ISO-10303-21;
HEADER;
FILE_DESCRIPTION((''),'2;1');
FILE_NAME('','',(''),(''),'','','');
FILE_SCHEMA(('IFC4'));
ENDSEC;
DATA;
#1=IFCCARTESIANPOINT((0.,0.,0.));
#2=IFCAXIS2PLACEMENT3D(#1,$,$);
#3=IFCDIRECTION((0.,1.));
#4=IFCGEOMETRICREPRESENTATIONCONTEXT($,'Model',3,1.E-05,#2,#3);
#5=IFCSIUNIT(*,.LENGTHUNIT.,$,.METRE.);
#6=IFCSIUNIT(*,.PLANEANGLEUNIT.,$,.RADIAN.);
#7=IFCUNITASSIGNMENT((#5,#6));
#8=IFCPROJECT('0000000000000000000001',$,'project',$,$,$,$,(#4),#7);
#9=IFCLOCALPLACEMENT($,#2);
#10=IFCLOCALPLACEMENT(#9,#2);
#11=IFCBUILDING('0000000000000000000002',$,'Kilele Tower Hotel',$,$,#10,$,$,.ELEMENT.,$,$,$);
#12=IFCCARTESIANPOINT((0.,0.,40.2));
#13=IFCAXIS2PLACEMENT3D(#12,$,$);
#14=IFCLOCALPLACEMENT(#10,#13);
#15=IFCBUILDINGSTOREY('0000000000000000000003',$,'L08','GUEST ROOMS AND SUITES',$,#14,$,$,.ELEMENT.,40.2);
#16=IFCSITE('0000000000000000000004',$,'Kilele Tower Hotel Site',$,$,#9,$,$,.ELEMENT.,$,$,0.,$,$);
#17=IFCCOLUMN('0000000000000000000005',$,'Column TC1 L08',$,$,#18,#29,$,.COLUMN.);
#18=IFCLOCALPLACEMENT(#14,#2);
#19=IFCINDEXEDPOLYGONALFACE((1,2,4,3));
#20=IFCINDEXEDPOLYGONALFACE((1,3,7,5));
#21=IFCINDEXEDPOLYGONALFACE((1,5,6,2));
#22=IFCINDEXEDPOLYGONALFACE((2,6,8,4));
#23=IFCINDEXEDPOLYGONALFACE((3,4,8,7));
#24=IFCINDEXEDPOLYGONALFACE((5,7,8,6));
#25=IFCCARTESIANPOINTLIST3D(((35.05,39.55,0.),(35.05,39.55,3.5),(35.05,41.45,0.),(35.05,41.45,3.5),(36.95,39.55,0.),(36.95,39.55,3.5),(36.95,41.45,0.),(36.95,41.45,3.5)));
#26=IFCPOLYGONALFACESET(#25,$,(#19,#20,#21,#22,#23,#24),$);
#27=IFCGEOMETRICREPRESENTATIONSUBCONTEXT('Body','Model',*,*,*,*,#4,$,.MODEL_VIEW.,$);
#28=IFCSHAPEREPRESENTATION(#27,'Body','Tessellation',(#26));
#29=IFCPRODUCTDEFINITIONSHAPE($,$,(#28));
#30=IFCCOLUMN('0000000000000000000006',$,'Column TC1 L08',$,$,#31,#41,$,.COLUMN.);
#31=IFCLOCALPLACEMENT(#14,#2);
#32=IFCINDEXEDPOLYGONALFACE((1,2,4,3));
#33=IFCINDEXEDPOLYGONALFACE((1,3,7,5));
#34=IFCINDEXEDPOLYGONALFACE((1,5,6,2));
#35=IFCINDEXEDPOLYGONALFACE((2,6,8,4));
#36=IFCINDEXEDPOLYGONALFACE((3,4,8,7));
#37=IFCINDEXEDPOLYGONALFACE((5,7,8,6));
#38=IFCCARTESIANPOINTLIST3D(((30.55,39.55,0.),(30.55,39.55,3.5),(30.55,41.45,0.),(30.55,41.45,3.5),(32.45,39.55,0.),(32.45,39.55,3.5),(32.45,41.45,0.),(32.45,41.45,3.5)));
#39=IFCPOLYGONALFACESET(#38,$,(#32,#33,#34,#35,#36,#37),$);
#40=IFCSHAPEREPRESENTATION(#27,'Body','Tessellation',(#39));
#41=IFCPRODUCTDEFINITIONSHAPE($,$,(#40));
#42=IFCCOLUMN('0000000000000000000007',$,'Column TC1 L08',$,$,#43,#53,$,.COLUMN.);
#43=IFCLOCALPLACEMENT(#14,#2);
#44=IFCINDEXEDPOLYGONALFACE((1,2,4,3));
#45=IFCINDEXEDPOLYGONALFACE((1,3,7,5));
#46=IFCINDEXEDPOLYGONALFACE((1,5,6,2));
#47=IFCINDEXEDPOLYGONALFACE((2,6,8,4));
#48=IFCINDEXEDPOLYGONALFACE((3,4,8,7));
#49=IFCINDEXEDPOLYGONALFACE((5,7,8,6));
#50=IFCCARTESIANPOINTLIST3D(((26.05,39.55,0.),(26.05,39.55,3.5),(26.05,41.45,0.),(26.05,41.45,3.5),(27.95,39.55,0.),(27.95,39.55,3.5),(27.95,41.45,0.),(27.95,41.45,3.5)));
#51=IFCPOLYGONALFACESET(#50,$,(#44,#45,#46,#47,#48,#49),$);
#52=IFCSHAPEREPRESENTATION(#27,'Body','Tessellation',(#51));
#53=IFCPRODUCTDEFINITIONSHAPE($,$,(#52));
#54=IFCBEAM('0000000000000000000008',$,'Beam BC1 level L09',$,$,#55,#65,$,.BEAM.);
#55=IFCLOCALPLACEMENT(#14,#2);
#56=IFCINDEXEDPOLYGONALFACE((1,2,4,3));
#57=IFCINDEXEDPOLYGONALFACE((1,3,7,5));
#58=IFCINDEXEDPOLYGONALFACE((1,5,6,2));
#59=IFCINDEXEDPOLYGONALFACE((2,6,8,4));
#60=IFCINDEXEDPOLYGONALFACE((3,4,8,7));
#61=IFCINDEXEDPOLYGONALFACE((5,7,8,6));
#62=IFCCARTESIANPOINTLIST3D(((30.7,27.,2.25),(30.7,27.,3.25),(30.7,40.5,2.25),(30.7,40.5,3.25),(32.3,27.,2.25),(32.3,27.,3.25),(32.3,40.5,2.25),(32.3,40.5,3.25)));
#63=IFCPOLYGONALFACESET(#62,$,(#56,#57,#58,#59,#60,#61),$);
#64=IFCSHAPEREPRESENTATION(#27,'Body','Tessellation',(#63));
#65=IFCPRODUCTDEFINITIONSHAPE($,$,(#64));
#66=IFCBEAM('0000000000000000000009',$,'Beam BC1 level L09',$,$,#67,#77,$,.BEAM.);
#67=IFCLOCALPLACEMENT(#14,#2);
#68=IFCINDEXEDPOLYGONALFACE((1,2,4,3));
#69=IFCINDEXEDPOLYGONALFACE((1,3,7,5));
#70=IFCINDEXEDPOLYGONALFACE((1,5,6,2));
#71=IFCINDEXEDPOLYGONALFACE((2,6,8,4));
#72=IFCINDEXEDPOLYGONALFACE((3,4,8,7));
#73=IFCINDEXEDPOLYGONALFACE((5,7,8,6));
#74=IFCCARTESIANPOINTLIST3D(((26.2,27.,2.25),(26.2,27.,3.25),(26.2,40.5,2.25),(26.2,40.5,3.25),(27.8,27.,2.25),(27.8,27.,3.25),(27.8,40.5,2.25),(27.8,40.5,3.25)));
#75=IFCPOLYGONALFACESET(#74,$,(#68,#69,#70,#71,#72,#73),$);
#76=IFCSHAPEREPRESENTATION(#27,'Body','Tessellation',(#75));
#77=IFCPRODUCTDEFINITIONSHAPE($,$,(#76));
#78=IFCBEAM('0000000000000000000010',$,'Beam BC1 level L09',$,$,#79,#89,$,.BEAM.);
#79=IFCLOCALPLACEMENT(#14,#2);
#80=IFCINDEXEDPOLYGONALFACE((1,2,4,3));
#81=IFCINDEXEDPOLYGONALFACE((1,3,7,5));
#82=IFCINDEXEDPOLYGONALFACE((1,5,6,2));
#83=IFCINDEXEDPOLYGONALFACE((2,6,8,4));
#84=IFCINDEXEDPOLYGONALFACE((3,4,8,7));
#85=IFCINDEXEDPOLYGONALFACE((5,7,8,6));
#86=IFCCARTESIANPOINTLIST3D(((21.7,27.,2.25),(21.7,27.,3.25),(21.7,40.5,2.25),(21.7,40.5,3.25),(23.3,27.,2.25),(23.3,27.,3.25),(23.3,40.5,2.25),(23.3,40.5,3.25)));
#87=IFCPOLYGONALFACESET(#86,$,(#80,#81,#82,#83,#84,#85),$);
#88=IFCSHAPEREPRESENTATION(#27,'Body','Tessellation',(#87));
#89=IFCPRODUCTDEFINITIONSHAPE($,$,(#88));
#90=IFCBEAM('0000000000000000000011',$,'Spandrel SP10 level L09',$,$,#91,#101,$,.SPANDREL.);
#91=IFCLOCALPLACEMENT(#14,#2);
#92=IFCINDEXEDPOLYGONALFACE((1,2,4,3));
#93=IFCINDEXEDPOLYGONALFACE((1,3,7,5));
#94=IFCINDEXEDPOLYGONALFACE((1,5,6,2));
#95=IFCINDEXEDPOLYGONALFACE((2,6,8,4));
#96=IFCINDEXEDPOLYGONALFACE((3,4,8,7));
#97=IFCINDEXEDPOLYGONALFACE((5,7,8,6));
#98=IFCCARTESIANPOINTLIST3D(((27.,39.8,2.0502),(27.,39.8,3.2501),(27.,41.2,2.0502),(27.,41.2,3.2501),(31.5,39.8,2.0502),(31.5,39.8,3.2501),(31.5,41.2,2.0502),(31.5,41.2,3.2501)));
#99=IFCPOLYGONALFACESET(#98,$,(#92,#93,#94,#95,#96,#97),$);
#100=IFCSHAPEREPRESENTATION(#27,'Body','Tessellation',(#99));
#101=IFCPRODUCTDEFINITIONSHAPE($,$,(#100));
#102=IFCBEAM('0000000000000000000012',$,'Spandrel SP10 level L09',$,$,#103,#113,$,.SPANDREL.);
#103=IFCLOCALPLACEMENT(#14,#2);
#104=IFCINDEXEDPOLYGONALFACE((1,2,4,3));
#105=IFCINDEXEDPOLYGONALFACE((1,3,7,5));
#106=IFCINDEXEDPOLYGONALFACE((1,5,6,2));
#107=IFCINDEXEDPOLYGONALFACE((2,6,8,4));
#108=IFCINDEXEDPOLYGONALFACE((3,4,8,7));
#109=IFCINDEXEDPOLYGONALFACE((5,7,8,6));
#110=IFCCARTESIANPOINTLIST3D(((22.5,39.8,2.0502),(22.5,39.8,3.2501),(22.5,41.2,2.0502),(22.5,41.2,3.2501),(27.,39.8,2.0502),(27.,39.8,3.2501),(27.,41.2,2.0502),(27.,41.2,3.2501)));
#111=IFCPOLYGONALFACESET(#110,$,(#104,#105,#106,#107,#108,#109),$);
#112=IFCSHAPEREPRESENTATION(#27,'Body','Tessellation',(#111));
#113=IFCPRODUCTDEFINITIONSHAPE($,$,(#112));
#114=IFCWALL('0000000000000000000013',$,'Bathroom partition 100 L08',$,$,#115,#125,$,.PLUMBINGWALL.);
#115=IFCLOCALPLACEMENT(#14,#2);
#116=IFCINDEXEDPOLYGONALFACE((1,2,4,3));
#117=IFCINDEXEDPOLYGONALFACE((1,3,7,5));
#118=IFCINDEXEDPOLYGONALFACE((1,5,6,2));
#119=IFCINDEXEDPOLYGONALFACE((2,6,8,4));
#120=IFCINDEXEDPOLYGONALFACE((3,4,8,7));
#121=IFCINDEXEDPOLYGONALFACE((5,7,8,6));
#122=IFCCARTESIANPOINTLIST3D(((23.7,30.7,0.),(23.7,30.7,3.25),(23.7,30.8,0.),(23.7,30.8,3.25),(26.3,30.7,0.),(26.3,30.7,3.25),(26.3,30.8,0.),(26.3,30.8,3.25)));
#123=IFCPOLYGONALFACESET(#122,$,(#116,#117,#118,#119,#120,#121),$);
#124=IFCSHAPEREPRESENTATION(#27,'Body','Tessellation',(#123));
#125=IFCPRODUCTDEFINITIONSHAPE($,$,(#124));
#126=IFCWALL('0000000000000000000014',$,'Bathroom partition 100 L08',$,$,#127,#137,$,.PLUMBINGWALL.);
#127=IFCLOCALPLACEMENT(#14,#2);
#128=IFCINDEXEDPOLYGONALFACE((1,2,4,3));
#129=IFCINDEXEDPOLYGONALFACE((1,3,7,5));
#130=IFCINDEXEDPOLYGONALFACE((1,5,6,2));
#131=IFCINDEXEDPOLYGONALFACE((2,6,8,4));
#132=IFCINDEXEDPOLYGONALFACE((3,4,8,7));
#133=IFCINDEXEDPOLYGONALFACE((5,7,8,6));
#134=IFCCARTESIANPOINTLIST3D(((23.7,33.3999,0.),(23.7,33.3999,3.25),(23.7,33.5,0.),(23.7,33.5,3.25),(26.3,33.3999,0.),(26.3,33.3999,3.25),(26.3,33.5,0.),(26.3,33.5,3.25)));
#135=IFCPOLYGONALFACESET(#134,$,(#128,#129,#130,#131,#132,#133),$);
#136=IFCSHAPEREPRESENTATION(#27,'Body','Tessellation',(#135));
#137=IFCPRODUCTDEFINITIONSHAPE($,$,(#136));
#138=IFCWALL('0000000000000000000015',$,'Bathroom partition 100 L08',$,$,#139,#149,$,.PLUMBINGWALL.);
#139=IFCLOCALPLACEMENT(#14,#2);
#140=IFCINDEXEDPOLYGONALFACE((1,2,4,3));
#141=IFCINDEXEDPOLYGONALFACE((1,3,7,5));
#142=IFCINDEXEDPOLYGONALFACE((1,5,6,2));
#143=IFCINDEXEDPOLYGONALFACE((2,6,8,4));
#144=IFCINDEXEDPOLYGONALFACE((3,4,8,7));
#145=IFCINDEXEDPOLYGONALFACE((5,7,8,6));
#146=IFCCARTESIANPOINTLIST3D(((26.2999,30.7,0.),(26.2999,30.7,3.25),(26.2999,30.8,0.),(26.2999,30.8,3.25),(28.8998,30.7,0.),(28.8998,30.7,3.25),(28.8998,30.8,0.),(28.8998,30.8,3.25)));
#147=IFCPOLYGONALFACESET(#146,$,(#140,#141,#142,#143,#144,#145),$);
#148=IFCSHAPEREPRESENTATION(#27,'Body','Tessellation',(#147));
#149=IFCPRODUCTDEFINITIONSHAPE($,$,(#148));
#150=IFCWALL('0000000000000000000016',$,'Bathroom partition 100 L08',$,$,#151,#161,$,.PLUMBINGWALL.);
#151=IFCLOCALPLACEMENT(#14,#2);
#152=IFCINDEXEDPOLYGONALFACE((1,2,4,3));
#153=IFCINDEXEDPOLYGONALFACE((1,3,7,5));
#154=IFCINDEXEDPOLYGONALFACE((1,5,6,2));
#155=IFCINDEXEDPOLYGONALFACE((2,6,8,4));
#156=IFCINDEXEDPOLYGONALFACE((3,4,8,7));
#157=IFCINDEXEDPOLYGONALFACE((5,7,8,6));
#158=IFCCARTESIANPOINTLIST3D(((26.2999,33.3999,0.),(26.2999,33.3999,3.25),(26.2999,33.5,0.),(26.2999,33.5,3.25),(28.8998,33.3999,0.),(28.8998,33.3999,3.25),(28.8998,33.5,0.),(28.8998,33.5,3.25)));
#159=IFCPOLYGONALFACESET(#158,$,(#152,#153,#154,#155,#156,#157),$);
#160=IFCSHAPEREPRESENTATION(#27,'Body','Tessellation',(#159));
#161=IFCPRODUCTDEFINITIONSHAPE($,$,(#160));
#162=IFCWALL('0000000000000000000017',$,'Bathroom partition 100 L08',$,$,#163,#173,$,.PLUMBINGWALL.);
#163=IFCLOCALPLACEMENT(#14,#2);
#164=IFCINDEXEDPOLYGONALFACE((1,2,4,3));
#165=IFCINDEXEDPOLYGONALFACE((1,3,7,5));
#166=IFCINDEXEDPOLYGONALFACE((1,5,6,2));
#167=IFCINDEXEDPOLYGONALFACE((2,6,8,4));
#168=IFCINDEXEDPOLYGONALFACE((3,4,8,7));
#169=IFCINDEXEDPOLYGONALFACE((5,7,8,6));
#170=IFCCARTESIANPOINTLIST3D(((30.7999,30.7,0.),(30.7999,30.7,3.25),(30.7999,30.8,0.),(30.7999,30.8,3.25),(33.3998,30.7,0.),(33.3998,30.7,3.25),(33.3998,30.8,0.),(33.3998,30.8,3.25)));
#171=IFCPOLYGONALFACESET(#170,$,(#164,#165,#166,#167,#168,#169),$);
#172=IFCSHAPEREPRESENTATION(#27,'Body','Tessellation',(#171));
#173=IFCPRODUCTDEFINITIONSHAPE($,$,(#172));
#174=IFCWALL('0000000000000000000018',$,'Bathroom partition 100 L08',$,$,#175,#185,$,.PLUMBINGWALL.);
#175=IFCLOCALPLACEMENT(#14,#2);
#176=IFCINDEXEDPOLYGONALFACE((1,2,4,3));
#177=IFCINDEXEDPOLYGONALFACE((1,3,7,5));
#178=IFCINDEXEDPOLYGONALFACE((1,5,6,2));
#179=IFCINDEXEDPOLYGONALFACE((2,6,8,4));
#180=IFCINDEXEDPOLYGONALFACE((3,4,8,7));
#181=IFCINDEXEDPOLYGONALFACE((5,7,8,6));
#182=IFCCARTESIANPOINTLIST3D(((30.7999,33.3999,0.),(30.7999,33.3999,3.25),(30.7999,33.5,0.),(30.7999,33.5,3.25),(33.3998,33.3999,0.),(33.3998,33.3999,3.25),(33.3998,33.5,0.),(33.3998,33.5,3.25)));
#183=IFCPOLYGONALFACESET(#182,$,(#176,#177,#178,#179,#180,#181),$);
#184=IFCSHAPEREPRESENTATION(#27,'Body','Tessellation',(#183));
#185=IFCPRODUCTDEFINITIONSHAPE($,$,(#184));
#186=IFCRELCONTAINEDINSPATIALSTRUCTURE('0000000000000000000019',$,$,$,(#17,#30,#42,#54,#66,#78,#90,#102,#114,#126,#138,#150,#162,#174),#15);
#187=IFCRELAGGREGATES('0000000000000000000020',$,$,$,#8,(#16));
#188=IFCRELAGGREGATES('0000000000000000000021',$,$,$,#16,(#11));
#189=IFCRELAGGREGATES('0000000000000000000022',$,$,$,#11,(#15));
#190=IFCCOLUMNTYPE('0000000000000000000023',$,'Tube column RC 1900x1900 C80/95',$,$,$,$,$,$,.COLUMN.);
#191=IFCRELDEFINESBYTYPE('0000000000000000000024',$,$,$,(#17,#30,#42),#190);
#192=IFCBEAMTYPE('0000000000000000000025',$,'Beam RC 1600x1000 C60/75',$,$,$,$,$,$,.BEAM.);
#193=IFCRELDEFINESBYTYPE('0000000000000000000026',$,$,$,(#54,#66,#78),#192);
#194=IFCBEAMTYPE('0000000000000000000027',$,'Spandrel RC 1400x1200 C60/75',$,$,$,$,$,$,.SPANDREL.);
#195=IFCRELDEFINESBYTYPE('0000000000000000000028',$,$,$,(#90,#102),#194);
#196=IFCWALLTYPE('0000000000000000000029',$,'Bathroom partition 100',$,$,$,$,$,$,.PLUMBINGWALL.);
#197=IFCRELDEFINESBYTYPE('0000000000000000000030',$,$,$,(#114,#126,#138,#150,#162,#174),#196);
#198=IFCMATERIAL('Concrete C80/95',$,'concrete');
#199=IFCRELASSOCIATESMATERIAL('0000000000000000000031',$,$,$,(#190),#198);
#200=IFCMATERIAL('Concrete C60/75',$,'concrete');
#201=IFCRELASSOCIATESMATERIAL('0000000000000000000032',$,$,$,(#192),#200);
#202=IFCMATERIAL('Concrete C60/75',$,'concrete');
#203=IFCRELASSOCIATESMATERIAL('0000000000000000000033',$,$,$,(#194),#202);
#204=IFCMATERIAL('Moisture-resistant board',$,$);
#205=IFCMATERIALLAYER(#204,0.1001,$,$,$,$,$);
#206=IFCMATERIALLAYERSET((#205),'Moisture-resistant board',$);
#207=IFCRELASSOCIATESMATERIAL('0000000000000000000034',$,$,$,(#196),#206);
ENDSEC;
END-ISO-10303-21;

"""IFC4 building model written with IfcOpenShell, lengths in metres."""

from ifc_helpers import new_model, si_unit, direction, frame, frame_2d, origin, origin_2d, place, context, subcontext, project, spatial, rectangle, extrude, material, layer, layer_set, material_profile, profile_set, type_object, element, save


model = new_model("IFC4")

# Units and contexts
model_context = context("Model", 3, precision=1e-05, world=origin(), true_north=direction((0.0, 1.0)))
body_context = subcontext(model_context, "Body", "Model", "MODEL_VIEW")
ifc_project = project(units=[si_unit("LENGTHUNIT", "METRE"), si_unit("PLANEANGLEUNIT", "RADIAN")], contexts=[model_context])

# Site, building, storey
site_placement = place(None, origin())
site = spatial("IfcSite", under=ifc_project, at=site_placement, Name="Kilele Tower Hotel Site", CompositionType="ELEMENT", RefElevation=0.0)
building_placement = place(site_placement, origin())
building = spatial("IfcBuilding", under=site, at=building_placement, Name="Kilele Tower Hotel", CompositionType="ELEMENT")
storey_placement = place(building_placement, frame((0.0, 0.0, 40.2)))
storey = spatial("IfcBuildingStorey", under=building, at=storey_placement, Name="L08", Description="GUEST ROOMS AND SUITES", CompositionType="ELEMENT", Elevation=40.2)

# Columns
ifc_material_1 = material(Name="Concrete C80/95", Category="concrete")
ifc_material_profile_1 = material_profile(ifc_material_1, rectangle(XDim=1.8999, YDim=1.8999, at=origin_2d()))
ifc_profile_set_1 = profile_set([ifc_material_profile_1], Name="Concrete C80/95")
column_type = type_object("IfcColumnType", Name="Tube column RC 1900x1900 C80/95", PredefinedType="COLUMN", material=ifc_profile_set_1)
for number, where, z_axis, x_axis, name in (
    (1, (36.0, 40.5, 0.0), (0.0, 0.0, 1.0), (1.0, 0.0, 0.0), "Column TC1 L08"),
    (2, (31.5, 40.5, 0.0), (0.0, 0.0, 1.0), (1.0, 0.0, 0.0), "Column TC1 L08"),
    (3, (27.0, 40.5, 0.0), (0.0, 0.0, 1.0), (1.0, 0.0, 0.0), "Column TC1 L08"),
):
    element("IfcColumn", number, at=place(storey_placement, frame(where, z_axis=z_axis, x_axis=x_axis)), inside=storey, type_object=column_type, Name=name, PredefinedType="COLUMN", context=body_context, shape_type="SweptSolid", body=[
        extrude(rectangle(XDim=1.8999, YDim=1.8999, at=origin_2d()), origin(), (0.0, 0.0, 1.0), 3.5),
    ])

# Beams
ifc_material_2 = material(Name="Concrete C60/75", Category="concrete")
ifc_material_profile_2 = material_profile(ifc_material_2, rectangle(XDim=1.6001, YDim=1.0, at=origin_2d()))
ifc_profile_set_2 = profile_set([ifc_material_profile_2], Name="Concrete C60/75")
beam_type_1 = type_object("IfcBeamType", Name="Beam RC 1600x1000 C60/75", PredefinedType="BEAM", material=ifc_profile_set_2)
for number, where, z_axis, x_axis, name in (
    (4, (31.5, 40.5, 2.75), (0.0, -1.0, 0.0), (1.0, 0.0, 0.0), "Beam BC1 level L09"),
    (5, (27.0, 40.5, 2.75), (0.0, -1.0, 0.0), (1.0, 0.0, 0.0), "Beam BC1 level L09"),
    (6, (22.5, 40.5, 2.75), (0.0, -1.0, 0.0), (1.0, 0.0, 0.0), "Beam BC1 level L09"),
):
    element("IfcBeam", number, at=place(storey_placement, frame(where, z_axis=z_axis, x_axis=x_axis)), inside=storey, type_object=beam_type_1, Name=name, PredefinedType="BEAM", context=body_context, shape_type="SweptSolid", body=[
        extrude(rectangle(XDim=1.6001, YDim=1.0, at=origin_2d()), origin(), (0.0, 0.0, 1.0), 13.5),
    ])
ifc_material_3 = material(Name="Concrete C60/75", Category="concrete")
ifc_material_profile_3 = material_profile(ifc_material_3, rectangle(XDim=1.3999, YDim=1.2, at=origin_2d()))
ifc_profile_set_3 = profile_set([ifc_material_profile_3], Name="Concrete C60/75")
beam_type_2 = type_object("IfcBeamType", Name="Spandrel RC 1400x1200 C60/75", PredefinedType="SPANDREL", material=ifc_profile_set_3)
for number, where, z_axis, x_axis, name in (
    (7, (31.5, 40.5, 2.6501), (-1.0, 0.0, 0.0), (0.0, -1.0, 0.0), "Spandrel SP10 level L09"),
    (8, (27.0, 40.5, 2.6501), (-1.0, 0.0, 0.0), (0.0, -1.0, 0.0), "Spandrel SP10 level L09"),
):
    element("IfcBeam", number, at=place(storey_placement, frame(where, z_axis=z_axis, x_axis=x_axis)), inside=storey, type_object=beam_type_2, Name=name, PredefinedType="SPANDREL", context=body_context, shape_type="SweptSolid", body=[
        extrude(rectangle(XDim=1.3999, YDim=1.2, at=origin_2d()), origin(), (0.0, 0.0, 1.0), 4.5),
    ])

# Walls
ifc_material_4 = material(Name="Moisture-resistant board")
ifc_layer_1 = layer(ifc_material_4, 0.1001)
ifc_layer_set_1 = layer_set([ifc_layer_1], Name="Moisture-resistant board")
wall_type_1 = type_object("IfcWallType", Name="Bathroom partition 100", PredefinedType="PLUMBINGWALL", material=ifc_layer_set_1)
for number, where, z_axis, x_axis, name in (
    (9, (23.7, 30.75, 0.0), (0.0, 0.0, 1.0), (1.0, 0.0, 0.0), "Bathroom partition 100 L08"),
    (10, (23.7, 33.45, 0.0), (0.0, 0.0, 1.0), (1.0, 0.0, 0.0), "Bathroom partition 100 L08"),
):
    element("IfcWall", number, at=place(storey_placement, frame(where, z_axis=z_axis, x_axis=x_axis)), inside=storey, type_object=wall_type_1, Name=name, PredefinedType="PLUMBINGWALL", context=body_context, shape_type="SweptSolid", body=[
        extrude(rectangle(XDim=2.6001, YDim=0.1001, at=frame_2d((1.3, 0.0))), origin(), (0.0, 0.0, 1.0), 3.25),
    ])
for number, where, z_axis, x_axis, name in (
    (11, (26.3, 30.75, 0.0), (0.0, 0.0, 1.0), (1.0, 0.0, 0.0), "Bathroom partition 100 L08"),
    (12, (26.3, 33.45, 0.0), (0.0, 0.0, 1.0), (1.0, 0.0, 0.0), "Bathroom partition 100 L08"),
    (13, (30.8, 30.75, 0.0), (0.0, 0.0, 1.0), (1.0, 0.0, 0.0), "Bathroom partition 100 L08"),
    (14, (30.8, 33.45, 0.0), (0.0, 0.0, 1.0), (1.0, 0.0, 0.0), "Bathroom partition 100 L08"),
):
    element("IfcWall", number, at=place(storey_placement, frame(where, z_axis=z_axis, x_axis=x_axis)), inside=storey, type_object=wall_type_1, Name=name, PredefinedType="PLUMBINGWALL", context=body_context, shape_type="SweptSolid", body=[
        extrude(rectangle(XDim=2.5999, YDim=0.1001, at=frame_2d((1.2998, 0.0))), origin(), (0.0, 0.0, 1.0), 3.25),
    ])

save(model, "model.ifc")
